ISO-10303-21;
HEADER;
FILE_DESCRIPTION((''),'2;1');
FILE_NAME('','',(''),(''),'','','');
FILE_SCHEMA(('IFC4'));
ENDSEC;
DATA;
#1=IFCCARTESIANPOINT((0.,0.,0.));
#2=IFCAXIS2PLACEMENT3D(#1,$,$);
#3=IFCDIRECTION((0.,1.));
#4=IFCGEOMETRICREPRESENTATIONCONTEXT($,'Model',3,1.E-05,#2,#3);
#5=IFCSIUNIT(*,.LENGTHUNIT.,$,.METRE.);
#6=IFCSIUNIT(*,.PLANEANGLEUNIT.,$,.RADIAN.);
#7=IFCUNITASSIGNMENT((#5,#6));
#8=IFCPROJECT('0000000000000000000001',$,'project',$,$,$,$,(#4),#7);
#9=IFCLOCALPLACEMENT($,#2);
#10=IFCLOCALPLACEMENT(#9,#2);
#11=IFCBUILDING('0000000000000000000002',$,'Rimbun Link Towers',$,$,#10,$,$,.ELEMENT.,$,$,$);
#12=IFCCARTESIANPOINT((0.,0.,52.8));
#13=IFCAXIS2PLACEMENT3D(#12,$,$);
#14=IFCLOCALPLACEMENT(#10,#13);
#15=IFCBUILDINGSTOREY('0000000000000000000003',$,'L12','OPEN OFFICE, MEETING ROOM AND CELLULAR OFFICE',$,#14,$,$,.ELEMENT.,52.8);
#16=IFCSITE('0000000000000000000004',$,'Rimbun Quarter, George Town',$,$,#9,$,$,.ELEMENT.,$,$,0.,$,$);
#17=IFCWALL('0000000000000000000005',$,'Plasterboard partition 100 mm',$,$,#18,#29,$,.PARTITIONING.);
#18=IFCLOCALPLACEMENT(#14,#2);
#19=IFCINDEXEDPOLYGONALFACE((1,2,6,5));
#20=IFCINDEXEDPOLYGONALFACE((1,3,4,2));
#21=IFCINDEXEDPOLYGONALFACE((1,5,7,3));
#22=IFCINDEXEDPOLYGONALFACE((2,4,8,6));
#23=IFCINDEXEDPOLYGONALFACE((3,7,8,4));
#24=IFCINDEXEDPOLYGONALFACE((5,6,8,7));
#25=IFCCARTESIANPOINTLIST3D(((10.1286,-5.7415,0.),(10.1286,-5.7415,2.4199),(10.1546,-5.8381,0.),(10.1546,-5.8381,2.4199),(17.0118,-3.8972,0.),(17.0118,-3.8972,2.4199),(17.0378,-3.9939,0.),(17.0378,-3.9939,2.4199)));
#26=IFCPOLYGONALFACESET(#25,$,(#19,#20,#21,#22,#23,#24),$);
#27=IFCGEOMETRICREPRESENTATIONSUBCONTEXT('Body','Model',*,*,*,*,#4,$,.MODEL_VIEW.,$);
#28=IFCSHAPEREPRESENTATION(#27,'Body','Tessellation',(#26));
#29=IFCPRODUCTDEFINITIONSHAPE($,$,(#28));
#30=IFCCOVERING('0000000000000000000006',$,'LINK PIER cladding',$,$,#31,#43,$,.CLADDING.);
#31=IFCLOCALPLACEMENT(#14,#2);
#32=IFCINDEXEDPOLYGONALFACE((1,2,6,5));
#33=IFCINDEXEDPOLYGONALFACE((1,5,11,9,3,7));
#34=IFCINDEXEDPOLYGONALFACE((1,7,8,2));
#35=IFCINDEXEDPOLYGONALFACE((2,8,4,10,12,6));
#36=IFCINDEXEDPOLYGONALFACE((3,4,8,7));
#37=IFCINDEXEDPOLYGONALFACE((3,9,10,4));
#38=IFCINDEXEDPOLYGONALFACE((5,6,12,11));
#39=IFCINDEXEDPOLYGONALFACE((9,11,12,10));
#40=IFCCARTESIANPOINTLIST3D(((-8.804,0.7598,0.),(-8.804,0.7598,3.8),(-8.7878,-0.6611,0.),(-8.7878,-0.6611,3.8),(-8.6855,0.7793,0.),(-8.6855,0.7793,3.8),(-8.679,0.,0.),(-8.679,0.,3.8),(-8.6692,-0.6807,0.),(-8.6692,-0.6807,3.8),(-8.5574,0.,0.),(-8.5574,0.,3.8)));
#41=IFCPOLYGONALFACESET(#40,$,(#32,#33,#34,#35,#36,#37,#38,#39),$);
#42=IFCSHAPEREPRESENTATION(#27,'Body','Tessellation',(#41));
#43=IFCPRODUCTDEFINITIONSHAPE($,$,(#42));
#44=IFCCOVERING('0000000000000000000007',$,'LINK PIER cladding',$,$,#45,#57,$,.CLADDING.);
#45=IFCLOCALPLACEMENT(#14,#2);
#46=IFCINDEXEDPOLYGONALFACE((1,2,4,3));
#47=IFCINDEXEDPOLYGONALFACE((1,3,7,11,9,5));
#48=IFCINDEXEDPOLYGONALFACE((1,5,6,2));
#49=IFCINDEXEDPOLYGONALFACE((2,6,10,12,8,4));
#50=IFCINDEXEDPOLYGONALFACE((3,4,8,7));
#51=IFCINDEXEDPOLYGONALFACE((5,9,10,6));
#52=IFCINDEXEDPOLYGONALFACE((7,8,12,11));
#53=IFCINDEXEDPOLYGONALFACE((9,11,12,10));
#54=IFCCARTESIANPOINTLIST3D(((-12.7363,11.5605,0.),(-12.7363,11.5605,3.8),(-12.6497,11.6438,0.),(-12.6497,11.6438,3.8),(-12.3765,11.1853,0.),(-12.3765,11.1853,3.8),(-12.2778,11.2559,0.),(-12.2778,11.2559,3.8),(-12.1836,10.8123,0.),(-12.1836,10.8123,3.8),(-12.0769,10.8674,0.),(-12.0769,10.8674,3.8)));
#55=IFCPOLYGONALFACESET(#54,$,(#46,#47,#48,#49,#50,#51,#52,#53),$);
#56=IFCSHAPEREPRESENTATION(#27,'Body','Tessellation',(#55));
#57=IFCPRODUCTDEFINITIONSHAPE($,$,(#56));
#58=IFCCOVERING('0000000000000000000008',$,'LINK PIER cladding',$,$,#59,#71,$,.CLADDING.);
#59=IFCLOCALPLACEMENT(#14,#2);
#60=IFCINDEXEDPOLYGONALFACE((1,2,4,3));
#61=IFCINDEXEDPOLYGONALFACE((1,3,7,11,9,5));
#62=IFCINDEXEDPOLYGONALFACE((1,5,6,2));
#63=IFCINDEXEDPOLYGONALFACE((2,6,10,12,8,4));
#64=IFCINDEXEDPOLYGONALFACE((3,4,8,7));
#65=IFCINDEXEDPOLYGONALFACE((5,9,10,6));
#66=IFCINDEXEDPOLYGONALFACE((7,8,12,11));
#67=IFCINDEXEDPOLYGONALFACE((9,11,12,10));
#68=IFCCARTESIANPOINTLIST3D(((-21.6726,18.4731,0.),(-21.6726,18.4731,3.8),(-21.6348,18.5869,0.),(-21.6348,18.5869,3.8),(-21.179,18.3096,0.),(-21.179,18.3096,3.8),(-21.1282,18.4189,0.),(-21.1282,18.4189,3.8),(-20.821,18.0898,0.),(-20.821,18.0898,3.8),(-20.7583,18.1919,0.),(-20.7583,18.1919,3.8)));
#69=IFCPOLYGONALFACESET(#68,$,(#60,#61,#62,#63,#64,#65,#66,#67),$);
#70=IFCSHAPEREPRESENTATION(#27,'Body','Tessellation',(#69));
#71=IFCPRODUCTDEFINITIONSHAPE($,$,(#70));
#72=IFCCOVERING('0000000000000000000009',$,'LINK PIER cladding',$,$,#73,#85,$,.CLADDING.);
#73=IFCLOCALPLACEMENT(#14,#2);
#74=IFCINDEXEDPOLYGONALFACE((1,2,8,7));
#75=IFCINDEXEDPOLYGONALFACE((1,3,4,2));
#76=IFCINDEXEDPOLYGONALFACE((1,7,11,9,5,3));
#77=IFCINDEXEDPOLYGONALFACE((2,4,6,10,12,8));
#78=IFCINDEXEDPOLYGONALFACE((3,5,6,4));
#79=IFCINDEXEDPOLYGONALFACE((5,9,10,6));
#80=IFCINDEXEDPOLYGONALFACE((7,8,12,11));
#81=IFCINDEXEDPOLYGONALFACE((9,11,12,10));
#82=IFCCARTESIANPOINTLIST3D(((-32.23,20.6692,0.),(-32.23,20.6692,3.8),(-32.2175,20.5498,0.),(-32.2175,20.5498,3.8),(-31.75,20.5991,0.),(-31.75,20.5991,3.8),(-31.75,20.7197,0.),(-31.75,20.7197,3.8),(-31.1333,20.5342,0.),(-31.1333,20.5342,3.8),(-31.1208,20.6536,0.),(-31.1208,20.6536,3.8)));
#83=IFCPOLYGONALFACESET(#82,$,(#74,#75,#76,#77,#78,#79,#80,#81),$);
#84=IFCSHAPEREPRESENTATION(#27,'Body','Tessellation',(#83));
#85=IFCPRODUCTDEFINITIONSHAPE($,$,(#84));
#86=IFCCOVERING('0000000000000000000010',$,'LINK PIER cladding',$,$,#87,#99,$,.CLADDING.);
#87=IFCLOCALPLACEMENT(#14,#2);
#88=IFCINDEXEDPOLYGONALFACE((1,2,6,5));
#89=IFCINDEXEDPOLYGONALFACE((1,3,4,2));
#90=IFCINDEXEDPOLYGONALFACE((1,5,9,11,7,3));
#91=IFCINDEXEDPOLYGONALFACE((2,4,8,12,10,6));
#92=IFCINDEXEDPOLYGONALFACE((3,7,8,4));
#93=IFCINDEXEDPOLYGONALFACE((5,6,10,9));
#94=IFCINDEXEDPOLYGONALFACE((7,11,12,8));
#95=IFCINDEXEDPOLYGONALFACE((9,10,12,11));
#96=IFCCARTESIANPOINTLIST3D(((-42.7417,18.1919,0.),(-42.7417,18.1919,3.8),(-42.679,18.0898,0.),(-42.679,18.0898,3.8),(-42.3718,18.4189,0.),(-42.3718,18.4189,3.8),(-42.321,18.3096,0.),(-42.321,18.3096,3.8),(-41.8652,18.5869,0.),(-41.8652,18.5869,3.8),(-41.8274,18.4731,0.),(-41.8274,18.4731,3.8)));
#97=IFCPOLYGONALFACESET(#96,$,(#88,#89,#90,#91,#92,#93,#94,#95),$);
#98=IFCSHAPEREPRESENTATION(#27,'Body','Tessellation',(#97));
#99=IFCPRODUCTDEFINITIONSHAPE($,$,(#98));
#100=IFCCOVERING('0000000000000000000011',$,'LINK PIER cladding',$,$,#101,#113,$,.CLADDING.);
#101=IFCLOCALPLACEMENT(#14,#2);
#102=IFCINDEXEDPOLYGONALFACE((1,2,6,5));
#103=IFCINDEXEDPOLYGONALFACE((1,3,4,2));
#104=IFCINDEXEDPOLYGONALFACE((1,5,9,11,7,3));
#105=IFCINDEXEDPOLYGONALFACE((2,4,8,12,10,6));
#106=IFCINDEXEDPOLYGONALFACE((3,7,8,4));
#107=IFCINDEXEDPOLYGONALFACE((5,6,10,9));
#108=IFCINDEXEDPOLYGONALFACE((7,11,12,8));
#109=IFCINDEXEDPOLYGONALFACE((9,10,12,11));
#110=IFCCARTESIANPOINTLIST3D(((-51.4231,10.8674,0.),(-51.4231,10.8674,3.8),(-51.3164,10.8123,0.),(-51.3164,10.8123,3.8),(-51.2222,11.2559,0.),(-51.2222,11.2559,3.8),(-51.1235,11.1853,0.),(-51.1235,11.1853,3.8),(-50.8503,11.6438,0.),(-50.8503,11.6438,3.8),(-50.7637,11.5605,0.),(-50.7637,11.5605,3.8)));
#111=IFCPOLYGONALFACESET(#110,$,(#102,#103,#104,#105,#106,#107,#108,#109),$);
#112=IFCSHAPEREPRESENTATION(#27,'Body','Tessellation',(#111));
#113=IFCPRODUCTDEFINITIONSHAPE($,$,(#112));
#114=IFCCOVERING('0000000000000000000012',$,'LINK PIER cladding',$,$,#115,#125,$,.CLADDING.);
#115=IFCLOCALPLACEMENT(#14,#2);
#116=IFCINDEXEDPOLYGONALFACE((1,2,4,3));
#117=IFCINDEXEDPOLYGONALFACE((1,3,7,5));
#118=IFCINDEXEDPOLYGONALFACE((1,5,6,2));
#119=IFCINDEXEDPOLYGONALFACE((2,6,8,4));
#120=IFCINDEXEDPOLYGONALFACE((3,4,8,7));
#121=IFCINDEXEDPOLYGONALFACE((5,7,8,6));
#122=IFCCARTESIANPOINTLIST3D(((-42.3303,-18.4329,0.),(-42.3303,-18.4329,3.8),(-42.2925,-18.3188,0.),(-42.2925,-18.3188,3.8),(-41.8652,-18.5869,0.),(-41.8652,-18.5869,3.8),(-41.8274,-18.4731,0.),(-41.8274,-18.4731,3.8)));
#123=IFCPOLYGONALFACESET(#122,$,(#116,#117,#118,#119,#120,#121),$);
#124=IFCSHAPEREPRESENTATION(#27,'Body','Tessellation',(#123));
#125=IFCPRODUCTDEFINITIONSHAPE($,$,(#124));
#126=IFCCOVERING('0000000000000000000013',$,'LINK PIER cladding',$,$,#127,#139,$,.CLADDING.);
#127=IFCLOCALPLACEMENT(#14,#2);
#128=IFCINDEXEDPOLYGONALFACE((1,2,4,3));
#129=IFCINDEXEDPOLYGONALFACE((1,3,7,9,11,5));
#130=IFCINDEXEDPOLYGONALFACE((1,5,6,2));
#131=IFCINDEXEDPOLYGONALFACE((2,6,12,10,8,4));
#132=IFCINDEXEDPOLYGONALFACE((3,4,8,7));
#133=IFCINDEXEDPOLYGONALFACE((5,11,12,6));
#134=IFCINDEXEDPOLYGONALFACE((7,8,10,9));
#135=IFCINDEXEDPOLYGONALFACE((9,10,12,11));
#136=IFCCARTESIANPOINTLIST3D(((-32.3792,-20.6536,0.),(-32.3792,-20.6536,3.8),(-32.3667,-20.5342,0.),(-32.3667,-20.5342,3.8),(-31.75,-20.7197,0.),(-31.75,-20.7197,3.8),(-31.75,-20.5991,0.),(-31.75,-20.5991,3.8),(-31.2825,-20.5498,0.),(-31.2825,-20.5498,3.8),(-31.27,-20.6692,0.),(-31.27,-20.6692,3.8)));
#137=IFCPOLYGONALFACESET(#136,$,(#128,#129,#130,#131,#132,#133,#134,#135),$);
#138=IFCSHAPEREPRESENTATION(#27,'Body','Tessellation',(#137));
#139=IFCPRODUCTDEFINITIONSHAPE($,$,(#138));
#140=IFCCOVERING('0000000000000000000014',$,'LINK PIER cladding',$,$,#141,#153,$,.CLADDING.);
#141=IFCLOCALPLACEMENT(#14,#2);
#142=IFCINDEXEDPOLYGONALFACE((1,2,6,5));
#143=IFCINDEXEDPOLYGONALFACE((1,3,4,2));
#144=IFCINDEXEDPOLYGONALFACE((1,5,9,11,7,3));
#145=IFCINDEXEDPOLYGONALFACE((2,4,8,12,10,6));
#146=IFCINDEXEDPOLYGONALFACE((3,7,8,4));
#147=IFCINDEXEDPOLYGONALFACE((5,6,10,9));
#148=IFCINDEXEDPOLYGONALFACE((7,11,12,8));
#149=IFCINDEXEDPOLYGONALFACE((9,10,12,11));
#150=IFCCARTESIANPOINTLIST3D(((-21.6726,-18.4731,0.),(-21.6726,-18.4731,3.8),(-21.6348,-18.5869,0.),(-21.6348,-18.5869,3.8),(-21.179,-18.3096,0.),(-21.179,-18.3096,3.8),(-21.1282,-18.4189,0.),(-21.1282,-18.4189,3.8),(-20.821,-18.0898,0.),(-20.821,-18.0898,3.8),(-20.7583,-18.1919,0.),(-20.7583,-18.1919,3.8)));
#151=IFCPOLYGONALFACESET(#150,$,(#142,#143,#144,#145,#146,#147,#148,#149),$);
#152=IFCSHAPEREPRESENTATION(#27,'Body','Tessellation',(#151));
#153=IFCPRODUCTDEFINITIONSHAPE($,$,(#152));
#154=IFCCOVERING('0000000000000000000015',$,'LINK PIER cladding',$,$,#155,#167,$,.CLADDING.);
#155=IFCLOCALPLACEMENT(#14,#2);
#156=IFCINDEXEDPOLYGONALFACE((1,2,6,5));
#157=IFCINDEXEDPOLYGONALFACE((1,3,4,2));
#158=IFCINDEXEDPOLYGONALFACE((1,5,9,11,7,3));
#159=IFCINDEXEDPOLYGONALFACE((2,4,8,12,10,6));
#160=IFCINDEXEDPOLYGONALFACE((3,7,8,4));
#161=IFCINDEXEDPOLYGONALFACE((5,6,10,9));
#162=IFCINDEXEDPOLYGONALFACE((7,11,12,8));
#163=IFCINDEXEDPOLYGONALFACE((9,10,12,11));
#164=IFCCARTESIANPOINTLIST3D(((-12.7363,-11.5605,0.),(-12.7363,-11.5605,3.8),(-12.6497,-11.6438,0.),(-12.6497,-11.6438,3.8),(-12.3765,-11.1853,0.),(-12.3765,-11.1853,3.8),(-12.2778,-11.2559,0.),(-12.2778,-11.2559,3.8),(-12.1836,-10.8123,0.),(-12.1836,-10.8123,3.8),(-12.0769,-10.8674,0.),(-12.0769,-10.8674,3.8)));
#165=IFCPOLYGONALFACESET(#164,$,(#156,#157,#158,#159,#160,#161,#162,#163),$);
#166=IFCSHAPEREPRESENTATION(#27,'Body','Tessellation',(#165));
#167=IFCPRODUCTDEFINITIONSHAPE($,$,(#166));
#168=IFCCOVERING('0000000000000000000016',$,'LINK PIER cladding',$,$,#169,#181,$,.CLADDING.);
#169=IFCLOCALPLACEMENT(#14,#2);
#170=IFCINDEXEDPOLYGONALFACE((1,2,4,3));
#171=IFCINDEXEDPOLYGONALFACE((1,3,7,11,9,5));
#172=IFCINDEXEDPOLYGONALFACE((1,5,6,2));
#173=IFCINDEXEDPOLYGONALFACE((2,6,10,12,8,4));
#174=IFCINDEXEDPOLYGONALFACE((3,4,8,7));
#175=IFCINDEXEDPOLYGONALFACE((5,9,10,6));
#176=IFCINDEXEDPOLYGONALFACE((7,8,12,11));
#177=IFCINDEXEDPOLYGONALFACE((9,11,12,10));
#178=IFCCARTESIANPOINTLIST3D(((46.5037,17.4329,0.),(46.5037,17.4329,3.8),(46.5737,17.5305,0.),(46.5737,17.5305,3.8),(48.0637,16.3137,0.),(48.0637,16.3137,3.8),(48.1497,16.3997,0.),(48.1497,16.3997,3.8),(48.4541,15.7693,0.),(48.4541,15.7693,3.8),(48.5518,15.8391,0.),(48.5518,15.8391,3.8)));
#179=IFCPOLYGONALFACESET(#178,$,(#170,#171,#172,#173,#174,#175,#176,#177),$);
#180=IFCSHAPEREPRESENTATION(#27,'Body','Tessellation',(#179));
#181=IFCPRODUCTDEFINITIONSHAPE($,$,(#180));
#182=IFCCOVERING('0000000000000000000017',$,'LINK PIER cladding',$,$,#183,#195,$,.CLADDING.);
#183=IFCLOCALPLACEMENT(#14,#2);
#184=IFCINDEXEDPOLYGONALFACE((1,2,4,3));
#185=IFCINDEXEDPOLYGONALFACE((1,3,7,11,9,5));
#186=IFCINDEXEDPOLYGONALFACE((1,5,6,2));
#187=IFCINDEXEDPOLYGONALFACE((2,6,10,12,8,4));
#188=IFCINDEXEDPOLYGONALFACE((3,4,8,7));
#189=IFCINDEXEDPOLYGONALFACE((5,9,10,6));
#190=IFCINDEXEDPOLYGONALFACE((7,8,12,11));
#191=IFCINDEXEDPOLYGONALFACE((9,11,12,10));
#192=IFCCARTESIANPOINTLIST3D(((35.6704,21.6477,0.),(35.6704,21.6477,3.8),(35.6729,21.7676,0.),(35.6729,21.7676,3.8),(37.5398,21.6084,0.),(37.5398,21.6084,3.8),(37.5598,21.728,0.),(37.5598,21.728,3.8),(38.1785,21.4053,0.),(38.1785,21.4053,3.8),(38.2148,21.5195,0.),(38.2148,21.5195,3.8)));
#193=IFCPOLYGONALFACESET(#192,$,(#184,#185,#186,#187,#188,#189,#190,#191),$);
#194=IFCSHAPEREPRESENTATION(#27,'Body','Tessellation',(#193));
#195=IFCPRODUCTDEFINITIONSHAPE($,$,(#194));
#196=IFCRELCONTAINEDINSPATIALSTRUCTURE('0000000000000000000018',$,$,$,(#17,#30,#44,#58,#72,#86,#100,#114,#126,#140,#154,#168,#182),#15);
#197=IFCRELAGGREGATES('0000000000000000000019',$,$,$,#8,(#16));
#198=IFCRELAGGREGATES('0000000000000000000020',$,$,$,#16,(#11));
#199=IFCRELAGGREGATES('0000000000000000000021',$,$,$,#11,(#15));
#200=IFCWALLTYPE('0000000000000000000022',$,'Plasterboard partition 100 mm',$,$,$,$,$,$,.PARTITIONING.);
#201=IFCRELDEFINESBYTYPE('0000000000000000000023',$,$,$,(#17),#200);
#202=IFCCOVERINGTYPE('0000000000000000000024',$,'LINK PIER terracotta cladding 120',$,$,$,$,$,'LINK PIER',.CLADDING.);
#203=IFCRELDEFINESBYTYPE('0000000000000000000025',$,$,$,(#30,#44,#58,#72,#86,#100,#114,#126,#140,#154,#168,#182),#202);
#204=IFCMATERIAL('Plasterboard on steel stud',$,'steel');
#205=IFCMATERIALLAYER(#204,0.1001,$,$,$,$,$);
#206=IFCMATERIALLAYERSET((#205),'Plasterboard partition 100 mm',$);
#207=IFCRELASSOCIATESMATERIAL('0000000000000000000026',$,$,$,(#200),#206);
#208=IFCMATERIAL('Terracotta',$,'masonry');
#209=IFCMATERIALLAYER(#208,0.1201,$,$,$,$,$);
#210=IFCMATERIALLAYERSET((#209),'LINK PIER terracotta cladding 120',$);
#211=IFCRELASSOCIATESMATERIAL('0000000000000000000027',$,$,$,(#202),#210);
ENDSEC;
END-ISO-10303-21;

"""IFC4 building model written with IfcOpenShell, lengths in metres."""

from ifc_helpers import new_model, si_unit, direction, frame, frame_2d, origin, place, context, subcontext, project, spatial, polyline, rectangle, outline, extrude, material, layer, layer_set, type_object, element, save


model = new_model("IFC4")

# Units and contexts
model_context = context("Model", 3, precision=1e-05, world=origin(), true_north=direction((0.0, 1.0)))
body_context = subcontext(model_context, "Body", "Model", "MODEL_VIEW")
ifc_project = project(units=[si_unit("LENGTHUNIT", "METRE"), si_unit("PLANEANGLEUNIT", "RADIAN")], contexts=[model_context])

# Site, building, storey
site_placement = place(None, origin())
site = spatial("IfcSite", under=ifc_project, at=site_placement, Name="Rimbun Quarter, George Town", CompositionType="ELEMENT", RefElevation=0.0)
building_placement = place(site_placement, origin())
building = spatial("IfcBuilding", under=site, at=building_placement, Name="Rimbun Link Towers", CompositionType="ELEMENT")
storey_placement = place(building_placement, frame((0.0, 0.0, 52.8)))
storey = spatial("IfcBuildingStorey", under=building, at=storey_placement, Name="L12", Description="OPEN OFFICE, MEETING ROOM AND CELLULAR OFFICE", CompositionType="ELEMENT", Elevation=52.8)

# Wall
ifc_material_1 = material(Name="Plasterboard on steel stud", Category="steel")
ifc_layer_1 = layer(ifc_material_1, 0.1001)
ifc_layer_set_1 = layer_set([ifc_layer_1], Name="Plasterboard partition 100 mm")
wall_type = type_object("IfcWallType", Name="Plasterboard partition 100 mm", PredefinedType="PARTITIONING", material=ifc_layer_set_1)
wall_placement = place(storey_placement, frame((10.1416, -5.7898, 0.0), z_axis=(0.0, 0.0, 1.0), x_axis=(0.965931, 0.258801, 0.0)))
element("IfcWall", 1, at=wall_placement, inside=storey, type_object=wall_type, Name="Plasterboard partition 100 mm", PredefinedType="PARTITIONING", context=body_context, shape_type="SweptSolid", body=[
    extrude(rectangle(XDim=7.126, YDim=0.1001, at=frame_2d((3.563, 0.0))), origin(), (0.0, 0.0, 1.0), 2.4199),
])

# Coverings
ifc_material_2 = material(Name="Terracotta", Category="masonry")
ifc_layer_2 = layer(ifc_material_2, 0.1201)
ifc_layer_set_2 = layer_set([ifc_layer_2], Name="LINK PIER terracotta cladding 120")
covering_type_1 = type_object("IfcCoveringType", Name="LINK PIER terracotta cladding 120", ElementType="LINK PIER", PredefinedType="CLADDING", material=ifc_layer_set_2)
covering_1_placement = place(storey_placement, origin())
element("IfcCovering", 2, at=covering_1_placement, inside=storey, type_object=covering_type_1, Name="LINK PIER cladding", PredefinedType="CLADDING", context=body_context, shape_type="SweptSolid", body=[
    extrude(outline(polyline([(-8.804, 0.7598), (-8.679, 0.0), (-8.7878, -0.6611), (-8.6692, -0.6807), (-8.5574, 0.0), (-8.6855, 0.7793), (-8.804, 0.7598)])), origin(), (0.0, 0.0, 1.0), 3.8),
])
covering_2_placement = place(storey_placement, origin())
element("IfcCovering", 3, at=covering_2_placement, inside=storey, type_object=covering_type_1, Name="LINK PIER cladding", PredefinedType="CLADDING", context=body_context, shape_type="SweptSolid", body=[
    extrude(outline(polyline([(-12.7363, 11.5605), (-12.3765, 11.1853), (-12.1836, 10.8123), (-12.0769, 10.8674), (-12.2778, 11.2559), (-12.6497, 11.6438), (-12.7363, 11.5605)])), origin(), (0.0, 0.0, 1.0), 3.8),
])
covering_3_placement = place(storey_placement, origin())
element("IfcCovering", 4, at=covering_3_placement, inside=storey, type_object=covering_type_1, Name="LINK PIER cladding", PredefinedType="CLADDING", context=body_context, shape_type="SweptSolid", body=[
    extrude(outline(polyline([(-21.6726, 18.4731), (-21.179, 18.3096), (-20.821, 18.0898), (-20.7583, 18.1919), (-21.1282, 18.4189), (-21.6348, 18.5869), (-21.6726, 18.4731)])), origin(), (0.0, 0.0, 1.0), 3.8),
])
covering_4_placement = place(storey_placement, origin())
element("IfcCovering", 5, at=covering_4_placement, inside=storey, type_object=covering_type_1, Name="LINK PIER cladding", PredefinedType="CLADDING", context=body_context, shape_type="SweptSolid", body=[
    extrude(outline(polyline([(-32.2175, 20.5498), (-31.75, 20.5991), (-31.1333, 20.5342), (-31.1208, 20.6536), (-31.75, 20.7197), (-32.23, 20.6692), (-32.2175, 20.5498)])), origin(), (0.0, 0.0, 1.0), 3.8),
])
covering_5_placement = place(storey_placement, origin())
element("IfcCovering", 6, at=covering_5_placement, inside=storey, type_object=covering_type_1, Name="LINK PIER cladding", PredefinedType="CLADDING", context=body_context, shape_type="SweptSolid", body=[
    extrude(outline(polyline([(-42.679, 18.0898), (-42.321, 18.3096), (-41.8274, 18.4731), (-41.8652, 18.5869), (-42.3718, 18.4189), (-42.7417, 18.1919), (-42.679, 18.0898)])), origin(), (0.0, 0.0, 1.0), 3.8),
])
covering_6_placement = place(storey_placement, origin())
element("IfcCovering", 7, at=covering_6_placement, inside=storey, type_object=covering_type_1, Name="LINK PIER cladding", PredefinedType="CLADDING", context=body_context, shape_type="SweptSolid", body=[
    extrude(outline(polyline([(-51.3164, 10.8123), (-51.1235, 11.1853), (-50.7637, 11.5605), (-50.8503, 11.6438), (-51.2222, 11.2559), (-51.4231, 10.8674), (-51.3164, 10.8123)])), origin(), (0.0, 0.0, 1.0), 3.8),
])
covering_7_placement = place(storey_placement, origin())
element("IfcCovering", 8, at=covering_7_placement, inside=storey, type_object=covering_type_1, Name="LINK PIER cladding", PredefinedType="CLADDING", context=body_context, shape_type="SweptSolid", body=[
    extrude(outline(polyline([(-41.8274, -18.4731), (-42.2925, -18.3188), (-42.3303, -18.4329), (-41.8652, -18.5869), (-41.8274, -18.4731)])), origin(), (0.0, 0.0, 1.0), 3.8),
])
covering_8_placement = place(storey_placement, origin())
element("IfcCovering", 9, at=covering_8_placement, inside=storey, type_object=covering_type_1, Name="LINK PIER cladding", PredefinedType="CLADDING", context=body_context, shape_type="SweptSolid", body=[
    extrude(outline(polyline([(-31.2825, -20.5498), (-31.75, -20.5991), (-32.3667, -20.5342), (-32.3792, -20.6536), (-31.75, -20.7197), (-31.27, -20.6692), (-31.2825, -20.5498)])), origin(), (0.0, 0.0, 1.0), 3.8),
])
covering_9_placement = place(storey_placement, origin())
element("IfcCovering", 10, at=covering_9_placement, inside=storey, type_object=covering_type_1, Name="LINK PIER cladding", PredefinedType="CLADDING", context=body_context, shape_type="SweptSolid", body=[
    extrude(outline(polyline([(-20.821, -18.0898), (-21.179, -18.3096), (-21.6726, -18.4731), (-21.6348, -18.5869), (-21.1282, -18.4189), (-20.7583, -18.1919), (-20.821, -18.0898)])), origin(), (0.0, 0.0, 1.0), 3.8),
])
covering_10_placement = place(storey_placement, origin())
element("IfcCovering", 11, at=covering_10_placement, inside=storey, type_object=covering_type_1, Name="LINK PIER cladding", PredefinedType="CLADDING", context=body_context, shape_type="SweptSolid", body=[
    extrude(outline(polyline([(-12.1836, -10.8123), (-12.3765, -11.1853), (-12.7363, -11.5605), (-12.6497, -11.6438), (-12.2778, -11.2559), (-12.0769, -10.8674), (-12.1836, -10.8123)])), origin(), (0.0, 0.0, 1.0), 3.8),
])
covering_11_placement = place(storey_placement, origin())
element("IfcCovering", 12, at=covering_11_placement, inside=storey, type_object=covering_type_1, Name="LINK PIER cladding", PredefinedType="CLADDING", context=body_context, shape_type="SweptSolid", body=[
    extrude(outline(polyline([(46.5037, 17.4329), (48.0637, 16.3137), (48.4541, 15.7693), (48.5518, 15.8391), (48.1497, 16.3997), (46.5737, 17.5305), (46.5037, 17.4329)])), origin(), (0.0, 0.0, 1.0), 3.8),
])
covering_12_placement = place(storey_placement, origin())
element("IfcCovering", 13, at=covering_12_placement, inside=storey, type_object=covering_type_1, Name="LINK PIER cladding", PredefinedType="CLADDING", context=body_context, shape_type="SweptSolid", body=[
    extrude(outline(polyline([(35.6704, 21.6477), (37.5398, 21.6084), (38.1785, 21.4053), (38.2148, 21.5195), (37.5598, 21.728), (35.6729, 21.7676), (35.6704, 21.6477)])), origin(), (0.0, 0.0, 1.0), 3.8),
])

save(model, "model.ifc")
